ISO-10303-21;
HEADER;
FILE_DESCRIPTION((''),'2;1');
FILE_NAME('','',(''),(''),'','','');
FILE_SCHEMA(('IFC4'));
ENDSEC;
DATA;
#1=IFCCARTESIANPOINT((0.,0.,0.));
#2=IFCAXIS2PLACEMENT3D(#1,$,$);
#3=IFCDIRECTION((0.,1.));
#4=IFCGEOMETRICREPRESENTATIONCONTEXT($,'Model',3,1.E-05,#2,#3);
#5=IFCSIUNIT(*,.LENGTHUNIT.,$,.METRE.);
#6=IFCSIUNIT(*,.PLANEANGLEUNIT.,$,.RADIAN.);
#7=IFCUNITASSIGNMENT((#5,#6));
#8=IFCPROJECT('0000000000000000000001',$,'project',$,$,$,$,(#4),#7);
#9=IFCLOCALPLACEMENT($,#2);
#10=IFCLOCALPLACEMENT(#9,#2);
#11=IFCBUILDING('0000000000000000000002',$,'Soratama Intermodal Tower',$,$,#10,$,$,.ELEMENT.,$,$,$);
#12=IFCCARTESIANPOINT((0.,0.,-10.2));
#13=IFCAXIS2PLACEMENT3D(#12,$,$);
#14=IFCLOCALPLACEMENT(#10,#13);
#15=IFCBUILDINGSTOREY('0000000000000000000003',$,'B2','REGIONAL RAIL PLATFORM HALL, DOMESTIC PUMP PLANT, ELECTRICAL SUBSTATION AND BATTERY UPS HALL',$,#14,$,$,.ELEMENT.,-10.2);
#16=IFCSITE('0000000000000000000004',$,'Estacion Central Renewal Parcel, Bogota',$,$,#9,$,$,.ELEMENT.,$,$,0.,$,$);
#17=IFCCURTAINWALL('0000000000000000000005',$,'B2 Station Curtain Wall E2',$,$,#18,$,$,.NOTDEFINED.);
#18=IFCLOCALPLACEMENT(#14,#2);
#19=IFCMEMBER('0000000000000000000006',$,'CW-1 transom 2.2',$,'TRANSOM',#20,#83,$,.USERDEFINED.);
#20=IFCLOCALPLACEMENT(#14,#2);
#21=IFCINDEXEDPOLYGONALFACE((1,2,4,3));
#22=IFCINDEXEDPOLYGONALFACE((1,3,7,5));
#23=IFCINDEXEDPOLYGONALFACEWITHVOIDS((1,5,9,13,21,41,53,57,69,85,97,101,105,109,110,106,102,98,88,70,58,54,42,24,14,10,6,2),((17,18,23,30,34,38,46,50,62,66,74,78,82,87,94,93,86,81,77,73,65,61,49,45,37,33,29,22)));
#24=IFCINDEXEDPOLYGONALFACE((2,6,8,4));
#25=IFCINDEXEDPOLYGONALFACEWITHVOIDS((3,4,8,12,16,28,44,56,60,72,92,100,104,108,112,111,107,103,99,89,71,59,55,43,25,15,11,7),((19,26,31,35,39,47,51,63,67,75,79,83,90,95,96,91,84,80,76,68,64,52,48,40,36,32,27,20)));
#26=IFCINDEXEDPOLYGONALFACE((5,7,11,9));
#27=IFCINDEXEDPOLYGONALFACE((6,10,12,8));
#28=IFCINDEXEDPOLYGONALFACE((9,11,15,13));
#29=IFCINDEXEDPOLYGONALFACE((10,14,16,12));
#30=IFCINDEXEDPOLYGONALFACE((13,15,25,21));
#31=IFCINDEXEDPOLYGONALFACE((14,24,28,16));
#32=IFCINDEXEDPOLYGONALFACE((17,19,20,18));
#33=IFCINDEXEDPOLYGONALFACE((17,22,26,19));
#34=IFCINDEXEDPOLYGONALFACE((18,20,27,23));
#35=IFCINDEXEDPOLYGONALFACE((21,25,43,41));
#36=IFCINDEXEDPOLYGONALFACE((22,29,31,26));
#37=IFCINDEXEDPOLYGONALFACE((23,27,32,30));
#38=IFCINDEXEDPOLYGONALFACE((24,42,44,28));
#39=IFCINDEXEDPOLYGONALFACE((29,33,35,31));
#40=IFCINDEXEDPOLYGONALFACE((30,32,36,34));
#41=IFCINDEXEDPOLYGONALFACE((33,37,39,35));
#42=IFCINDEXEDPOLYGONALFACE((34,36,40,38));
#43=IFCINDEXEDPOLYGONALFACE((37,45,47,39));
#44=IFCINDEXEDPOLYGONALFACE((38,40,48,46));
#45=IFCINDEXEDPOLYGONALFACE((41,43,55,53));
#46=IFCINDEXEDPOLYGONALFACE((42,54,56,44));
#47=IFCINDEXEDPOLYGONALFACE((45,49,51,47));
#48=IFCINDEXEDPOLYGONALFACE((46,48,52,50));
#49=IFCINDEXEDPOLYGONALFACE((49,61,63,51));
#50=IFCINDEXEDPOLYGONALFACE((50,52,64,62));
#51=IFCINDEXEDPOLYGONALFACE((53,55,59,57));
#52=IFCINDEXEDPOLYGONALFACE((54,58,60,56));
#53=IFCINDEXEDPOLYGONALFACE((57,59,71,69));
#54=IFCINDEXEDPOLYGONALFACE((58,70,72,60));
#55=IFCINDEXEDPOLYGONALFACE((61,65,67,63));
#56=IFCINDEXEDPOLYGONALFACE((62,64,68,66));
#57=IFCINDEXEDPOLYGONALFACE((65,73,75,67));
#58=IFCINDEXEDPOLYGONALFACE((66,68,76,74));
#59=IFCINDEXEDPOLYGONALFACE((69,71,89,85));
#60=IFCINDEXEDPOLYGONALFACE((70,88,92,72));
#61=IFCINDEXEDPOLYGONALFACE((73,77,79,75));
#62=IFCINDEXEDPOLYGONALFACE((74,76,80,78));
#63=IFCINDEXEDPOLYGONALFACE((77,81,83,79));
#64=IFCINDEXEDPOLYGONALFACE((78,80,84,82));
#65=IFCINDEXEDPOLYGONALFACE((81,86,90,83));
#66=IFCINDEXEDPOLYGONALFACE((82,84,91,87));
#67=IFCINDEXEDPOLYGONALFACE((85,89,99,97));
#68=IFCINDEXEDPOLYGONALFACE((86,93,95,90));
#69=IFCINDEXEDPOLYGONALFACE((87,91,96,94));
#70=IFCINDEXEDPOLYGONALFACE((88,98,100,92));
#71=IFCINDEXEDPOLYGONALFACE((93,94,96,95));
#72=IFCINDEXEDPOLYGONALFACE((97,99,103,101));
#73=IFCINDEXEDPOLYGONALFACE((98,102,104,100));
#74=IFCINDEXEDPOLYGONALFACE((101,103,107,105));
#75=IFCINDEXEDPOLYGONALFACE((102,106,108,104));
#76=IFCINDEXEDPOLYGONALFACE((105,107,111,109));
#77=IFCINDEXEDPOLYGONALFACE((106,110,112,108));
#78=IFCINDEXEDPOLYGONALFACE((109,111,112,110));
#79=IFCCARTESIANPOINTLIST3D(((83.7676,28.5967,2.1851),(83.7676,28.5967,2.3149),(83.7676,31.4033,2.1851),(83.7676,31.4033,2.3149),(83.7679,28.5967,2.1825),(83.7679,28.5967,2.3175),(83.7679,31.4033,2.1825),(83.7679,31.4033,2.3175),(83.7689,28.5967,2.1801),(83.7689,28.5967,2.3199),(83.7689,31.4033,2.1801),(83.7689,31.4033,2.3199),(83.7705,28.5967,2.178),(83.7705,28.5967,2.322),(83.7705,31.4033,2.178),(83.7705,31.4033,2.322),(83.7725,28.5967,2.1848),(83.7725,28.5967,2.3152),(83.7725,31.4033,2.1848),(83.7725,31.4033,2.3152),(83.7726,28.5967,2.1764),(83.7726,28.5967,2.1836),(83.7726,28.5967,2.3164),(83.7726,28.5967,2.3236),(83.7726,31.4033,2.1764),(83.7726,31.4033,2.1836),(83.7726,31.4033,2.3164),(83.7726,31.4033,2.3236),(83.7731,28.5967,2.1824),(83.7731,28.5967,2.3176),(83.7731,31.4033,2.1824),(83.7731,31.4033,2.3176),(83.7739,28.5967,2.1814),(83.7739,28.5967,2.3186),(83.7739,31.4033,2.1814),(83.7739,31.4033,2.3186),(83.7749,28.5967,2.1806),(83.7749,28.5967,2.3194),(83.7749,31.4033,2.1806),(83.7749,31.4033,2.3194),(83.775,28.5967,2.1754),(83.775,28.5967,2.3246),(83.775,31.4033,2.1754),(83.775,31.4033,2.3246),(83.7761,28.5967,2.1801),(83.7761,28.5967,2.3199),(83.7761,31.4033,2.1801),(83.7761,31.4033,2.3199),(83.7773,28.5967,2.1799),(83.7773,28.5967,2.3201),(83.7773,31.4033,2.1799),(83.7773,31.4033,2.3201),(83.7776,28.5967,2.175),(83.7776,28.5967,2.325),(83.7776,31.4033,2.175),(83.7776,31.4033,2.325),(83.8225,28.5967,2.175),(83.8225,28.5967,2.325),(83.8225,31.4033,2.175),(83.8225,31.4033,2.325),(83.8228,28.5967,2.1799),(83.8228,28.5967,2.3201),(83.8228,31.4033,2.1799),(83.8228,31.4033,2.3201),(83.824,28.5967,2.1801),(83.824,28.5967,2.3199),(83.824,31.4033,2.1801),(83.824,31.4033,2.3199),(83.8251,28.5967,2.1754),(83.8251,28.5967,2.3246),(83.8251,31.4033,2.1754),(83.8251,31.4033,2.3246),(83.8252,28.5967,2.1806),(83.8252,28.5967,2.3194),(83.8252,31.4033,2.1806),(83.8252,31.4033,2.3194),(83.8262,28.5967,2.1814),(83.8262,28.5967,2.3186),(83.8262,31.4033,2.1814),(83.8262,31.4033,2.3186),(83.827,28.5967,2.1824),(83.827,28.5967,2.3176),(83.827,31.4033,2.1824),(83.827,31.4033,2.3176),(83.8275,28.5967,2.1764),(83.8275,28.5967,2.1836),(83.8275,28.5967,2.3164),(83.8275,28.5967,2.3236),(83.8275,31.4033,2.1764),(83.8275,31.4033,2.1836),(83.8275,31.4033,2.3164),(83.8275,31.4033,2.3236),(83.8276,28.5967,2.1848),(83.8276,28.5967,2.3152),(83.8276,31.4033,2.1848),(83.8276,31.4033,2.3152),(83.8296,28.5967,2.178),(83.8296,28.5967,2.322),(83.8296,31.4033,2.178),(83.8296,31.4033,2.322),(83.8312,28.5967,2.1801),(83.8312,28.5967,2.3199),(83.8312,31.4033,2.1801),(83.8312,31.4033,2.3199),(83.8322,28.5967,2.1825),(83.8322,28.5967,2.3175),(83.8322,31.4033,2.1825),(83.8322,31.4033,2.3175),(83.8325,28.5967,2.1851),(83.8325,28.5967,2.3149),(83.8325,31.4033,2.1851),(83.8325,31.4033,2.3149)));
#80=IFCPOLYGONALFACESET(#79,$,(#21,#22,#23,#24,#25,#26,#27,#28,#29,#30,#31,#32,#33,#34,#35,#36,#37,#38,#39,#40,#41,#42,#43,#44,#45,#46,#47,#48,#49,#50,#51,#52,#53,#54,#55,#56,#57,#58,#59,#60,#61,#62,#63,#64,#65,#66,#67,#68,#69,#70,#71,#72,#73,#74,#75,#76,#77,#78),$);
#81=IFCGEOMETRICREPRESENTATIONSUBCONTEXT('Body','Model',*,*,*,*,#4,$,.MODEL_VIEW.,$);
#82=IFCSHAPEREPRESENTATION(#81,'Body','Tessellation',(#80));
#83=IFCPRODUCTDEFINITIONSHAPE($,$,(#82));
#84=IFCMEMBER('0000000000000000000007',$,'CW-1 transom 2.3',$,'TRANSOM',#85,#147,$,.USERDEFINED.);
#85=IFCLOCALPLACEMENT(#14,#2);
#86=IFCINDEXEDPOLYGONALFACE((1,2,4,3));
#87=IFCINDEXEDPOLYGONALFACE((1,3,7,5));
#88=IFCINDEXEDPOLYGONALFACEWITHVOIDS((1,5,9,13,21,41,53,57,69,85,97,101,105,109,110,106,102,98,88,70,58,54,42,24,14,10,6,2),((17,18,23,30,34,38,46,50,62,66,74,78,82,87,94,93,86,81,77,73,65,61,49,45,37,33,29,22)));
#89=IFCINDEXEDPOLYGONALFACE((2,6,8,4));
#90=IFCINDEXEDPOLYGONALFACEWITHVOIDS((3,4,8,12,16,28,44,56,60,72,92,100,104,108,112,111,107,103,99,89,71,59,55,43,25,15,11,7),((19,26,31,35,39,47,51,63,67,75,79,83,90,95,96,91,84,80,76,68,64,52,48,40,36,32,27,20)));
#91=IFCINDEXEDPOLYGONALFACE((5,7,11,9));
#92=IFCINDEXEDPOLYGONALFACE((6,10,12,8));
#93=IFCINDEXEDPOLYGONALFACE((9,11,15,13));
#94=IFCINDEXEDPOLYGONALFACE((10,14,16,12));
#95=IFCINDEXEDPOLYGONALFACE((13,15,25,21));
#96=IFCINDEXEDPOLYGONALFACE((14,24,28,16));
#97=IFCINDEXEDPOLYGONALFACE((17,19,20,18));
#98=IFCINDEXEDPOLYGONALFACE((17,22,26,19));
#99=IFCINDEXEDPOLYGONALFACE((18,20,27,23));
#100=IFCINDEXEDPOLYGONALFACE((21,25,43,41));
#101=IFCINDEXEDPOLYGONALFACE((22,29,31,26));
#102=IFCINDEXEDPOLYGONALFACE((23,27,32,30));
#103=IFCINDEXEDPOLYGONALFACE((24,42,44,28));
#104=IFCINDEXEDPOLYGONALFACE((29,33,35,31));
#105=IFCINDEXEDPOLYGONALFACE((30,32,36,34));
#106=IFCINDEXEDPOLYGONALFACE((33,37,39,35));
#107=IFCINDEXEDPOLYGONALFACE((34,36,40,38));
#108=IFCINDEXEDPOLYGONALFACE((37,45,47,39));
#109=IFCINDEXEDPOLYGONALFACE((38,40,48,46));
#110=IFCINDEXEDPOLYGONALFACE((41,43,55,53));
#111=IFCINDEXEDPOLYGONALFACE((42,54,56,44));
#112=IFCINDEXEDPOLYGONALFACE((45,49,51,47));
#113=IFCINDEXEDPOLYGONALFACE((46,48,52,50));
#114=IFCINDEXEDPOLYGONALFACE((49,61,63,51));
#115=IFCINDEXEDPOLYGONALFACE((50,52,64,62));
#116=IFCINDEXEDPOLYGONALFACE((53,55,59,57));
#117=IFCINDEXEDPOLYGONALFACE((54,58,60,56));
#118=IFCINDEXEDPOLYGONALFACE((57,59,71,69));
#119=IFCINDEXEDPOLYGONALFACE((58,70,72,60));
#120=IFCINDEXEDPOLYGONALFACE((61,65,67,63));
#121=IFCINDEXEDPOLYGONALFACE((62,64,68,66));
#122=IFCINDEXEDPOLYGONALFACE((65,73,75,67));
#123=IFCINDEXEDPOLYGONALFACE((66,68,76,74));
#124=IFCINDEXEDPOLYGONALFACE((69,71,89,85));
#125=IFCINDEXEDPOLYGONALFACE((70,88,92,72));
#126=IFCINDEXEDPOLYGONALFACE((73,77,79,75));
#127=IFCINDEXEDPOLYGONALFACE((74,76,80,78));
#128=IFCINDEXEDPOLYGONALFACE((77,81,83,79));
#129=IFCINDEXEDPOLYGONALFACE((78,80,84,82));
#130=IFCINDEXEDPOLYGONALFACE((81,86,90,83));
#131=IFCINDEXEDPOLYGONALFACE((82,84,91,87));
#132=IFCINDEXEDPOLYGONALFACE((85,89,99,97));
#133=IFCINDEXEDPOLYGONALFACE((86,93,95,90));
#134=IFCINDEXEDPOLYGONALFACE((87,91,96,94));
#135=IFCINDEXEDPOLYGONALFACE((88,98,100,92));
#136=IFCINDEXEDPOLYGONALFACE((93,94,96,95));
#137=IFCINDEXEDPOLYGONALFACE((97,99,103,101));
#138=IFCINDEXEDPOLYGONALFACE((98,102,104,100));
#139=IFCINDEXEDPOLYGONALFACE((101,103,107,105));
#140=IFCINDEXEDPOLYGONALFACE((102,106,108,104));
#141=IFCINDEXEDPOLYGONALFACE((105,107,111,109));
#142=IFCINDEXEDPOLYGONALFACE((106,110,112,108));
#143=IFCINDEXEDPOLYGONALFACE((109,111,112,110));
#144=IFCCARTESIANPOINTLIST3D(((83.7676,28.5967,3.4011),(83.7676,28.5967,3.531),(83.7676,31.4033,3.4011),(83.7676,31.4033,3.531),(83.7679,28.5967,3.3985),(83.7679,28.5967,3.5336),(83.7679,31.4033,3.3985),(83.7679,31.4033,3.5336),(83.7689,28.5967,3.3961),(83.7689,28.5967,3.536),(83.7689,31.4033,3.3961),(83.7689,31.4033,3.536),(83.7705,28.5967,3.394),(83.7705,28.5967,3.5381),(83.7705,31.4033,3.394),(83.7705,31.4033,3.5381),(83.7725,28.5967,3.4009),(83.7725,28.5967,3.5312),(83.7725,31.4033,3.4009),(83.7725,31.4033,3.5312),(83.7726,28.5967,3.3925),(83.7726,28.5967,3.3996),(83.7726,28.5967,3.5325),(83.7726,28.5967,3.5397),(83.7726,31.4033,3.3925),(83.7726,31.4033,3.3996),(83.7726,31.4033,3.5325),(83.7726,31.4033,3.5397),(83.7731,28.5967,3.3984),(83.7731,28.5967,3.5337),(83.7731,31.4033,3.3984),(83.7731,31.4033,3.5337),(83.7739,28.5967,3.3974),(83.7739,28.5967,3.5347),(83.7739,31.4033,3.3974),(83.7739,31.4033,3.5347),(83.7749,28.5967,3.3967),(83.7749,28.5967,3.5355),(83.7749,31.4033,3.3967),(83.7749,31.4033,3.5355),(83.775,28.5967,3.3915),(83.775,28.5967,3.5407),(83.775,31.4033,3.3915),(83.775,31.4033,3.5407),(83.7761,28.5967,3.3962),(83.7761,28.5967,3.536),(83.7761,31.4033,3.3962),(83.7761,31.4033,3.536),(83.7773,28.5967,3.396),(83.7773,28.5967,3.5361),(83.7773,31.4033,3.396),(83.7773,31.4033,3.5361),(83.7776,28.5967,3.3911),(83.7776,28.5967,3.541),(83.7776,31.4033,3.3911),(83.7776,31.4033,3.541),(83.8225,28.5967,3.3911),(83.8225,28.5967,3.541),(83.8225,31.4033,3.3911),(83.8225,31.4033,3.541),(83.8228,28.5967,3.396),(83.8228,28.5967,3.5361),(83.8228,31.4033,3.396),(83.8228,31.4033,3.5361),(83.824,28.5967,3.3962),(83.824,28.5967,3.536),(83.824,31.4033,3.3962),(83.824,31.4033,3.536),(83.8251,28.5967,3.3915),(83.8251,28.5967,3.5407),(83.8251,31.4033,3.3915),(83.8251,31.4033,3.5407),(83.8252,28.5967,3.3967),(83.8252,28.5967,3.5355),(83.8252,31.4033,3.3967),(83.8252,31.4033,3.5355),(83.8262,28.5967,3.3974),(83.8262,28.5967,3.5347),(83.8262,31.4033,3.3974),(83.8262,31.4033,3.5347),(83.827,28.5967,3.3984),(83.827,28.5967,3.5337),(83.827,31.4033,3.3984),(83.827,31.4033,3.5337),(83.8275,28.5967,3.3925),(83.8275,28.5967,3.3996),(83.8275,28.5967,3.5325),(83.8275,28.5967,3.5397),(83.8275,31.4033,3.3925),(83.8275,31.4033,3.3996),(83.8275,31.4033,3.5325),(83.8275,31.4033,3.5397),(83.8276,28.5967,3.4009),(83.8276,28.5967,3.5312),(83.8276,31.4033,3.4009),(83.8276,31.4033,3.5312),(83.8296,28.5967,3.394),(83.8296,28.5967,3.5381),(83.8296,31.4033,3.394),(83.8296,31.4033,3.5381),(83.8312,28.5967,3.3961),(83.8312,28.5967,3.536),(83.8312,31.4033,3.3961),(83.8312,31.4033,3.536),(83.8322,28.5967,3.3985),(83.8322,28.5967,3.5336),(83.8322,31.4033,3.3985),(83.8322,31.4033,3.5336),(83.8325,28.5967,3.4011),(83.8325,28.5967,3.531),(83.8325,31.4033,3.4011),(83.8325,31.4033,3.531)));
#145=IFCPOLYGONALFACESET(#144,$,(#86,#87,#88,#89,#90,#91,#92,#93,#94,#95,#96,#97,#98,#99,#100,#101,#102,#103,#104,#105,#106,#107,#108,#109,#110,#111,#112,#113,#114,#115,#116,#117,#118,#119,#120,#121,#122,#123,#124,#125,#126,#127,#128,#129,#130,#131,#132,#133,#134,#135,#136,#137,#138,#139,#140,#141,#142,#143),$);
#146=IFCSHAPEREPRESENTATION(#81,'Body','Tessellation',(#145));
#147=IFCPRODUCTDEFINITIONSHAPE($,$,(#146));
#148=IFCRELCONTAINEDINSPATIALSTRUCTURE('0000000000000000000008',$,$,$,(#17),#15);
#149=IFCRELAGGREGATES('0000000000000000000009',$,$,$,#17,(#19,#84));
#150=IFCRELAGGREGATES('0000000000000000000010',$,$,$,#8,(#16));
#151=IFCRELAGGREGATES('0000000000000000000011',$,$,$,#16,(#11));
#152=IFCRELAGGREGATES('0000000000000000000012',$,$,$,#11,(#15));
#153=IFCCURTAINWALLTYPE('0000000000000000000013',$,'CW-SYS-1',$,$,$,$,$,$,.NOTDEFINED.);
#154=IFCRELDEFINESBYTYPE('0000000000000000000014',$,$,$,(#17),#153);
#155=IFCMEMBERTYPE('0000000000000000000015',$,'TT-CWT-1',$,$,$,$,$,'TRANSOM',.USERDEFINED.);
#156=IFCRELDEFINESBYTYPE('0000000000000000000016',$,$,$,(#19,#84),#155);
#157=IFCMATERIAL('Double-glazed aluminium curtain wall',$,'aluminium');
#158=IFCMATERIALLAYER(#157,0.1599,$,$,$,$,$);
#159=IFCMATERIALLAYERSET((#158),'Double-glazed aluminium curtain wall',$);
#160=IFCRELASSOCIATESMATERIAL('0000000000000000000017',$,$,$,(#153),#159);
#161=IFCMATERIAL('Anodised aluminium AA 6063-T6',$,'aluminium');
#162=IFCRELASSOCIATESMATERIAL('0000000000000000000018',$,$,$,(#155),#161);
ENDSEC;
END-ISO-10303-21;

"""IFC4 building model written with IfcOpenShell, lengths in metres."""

from ifc_helpers import new_model, si_unit, direction, frame, origin, origin_2d, place, context, subcontext, project, spatial, hollow_rectangle, extrude, material, layer, layer_set, material_profile, profile_set, type_object, element, aggregate, save


model = new_model("IFC4")

# Units and contexts
model_context = context("Model", 3, precision=1e-05, world=origin(), true_north=direction((0.0, 1.0)))
body_context = subcontext(model_context, "Body", "Model", "MODEL_VIEW")
ifc_project = project(units=[si_unit("LENGTHUNIT", "METRE"), si_unit("PLANEANGLEUNIT", "RADIAN")], contexts=[model_context])

# Site, building, storey
site_placement = place(None, origin())
site = spatial("IfcSite", under=ifc_project, at=site_placement, Name="Estacion Central Renewal Parcel, Bogota", CompositionType="ELEMENT", RefElevation=0.0)
building_placement = place(site_placement, origin())
building = spatial("IfcBuilding", under=site, at=building_placement, Name="Soratama Intermodal Tower", CompositionType="ELEMENT")
storey_placement = place(building_placement, frame((0.0, 0.0, -10.2)))
storey = spatial("IfcBuildingStorey", under=building, at=storey_placement, Name="B2", Description="REGIONAL RAIL PLATFORM HALL, DOMESTIC PUMP PLANT, ELECTRICAL SUBSTATION AND BATTERY UPS HALL", CompositionType="ELEMENT", Elevation=-10.2)

# Curtain wall, members
ifc_material_1 = material(Name="Double-glazed aluminium curtain wall", Category="aluminium")
ifc_layer_1 = layer(ifc_material_1, 0.1599)
ifc_layer_set_1 = layer_set([ifc_layer_1], Name="Double-glazed aluminium curtain wall")
curtain_wall_type = type_object("IfcCurtainWallType", Name="CW-SYS-1", PredefinedType="NOTDEFINED", material=ifc_layer_set_1)
curtain_wall_placement = place(storey_placement, origin())
curtain_wall = element("IfcCurtainWall", 1, at=curtain_wall_placement, inside=storey, type_object=curtain_wall_type, Name="B2 Station Curtain Wall E2", PredefinedType="NOTDEFINED")
ifc_material_2 = material(Name="Anodised aluminium AA 6063-T6", Category="aluminium")
ifc_material_profile_1 = material_profile(ifc_material_2, hollow_rectangle(XDim=0.0649, YDim=0.1499, WallThickness=0.0049, InnerFilletRadius=0.0049, OuterFilletRadius=0.01, at=origin_2d()), Name="CWT150X65X5")
ifc_profile_set_1 = profile_set([ifc_material_profile_1], Name="Anodised aluminium AA 6063-T6")
member_type_1 = type_object("IfcMemberType", Name="TT-CWT-1", ElementType="TRANSOM", PredefinedType="USERDEFINED", material=ifc_profile_set_1)
member_1_placement = place(storey_placement, frame((83.8, 28.5967, 2.25), z_axis=(0.0, 1.0, 0.0), x_axis=(-1.0, 0.0, 0.0)))
member_1 = element("IfcMember", 2, at=member_1_placement, type_object=member_type_1, Name="CW-1 transom 2.2", ObjectType="TRANSOM", PredefinedType="USERDEFINED", context=body_context, shape_type="SweptSolid", body=[
    extrude(hollow_rectangle(XDim=0.0649, YDim=0.1499, WallThickness=0.0049, InnerFilletRadius=0.0049, OuterFilletRadius=0.01, at=origin_2d()), origin(), (0.0, 0.0, 1.0), 2.8066),
])
member_2_placement = place(storey_placement, frame((83.8, 28.5967, 3.4661), z_axis=(0.0, 1.0, 0.0), x_axis=(-1.0, 0.0, 0.0)))
member_2 = element("IfcMember", 3, at=member_2_placement, type_object=member_type_1, Name="CW-1 transom 2.3", ObjectType="TRANSOM", PredefinedType="USERDEFINED", context=body_context, shape_type="SweptSolid", body=[
    extrude(hollow_rectangle(XDim=0.0649, YDim=0.1499, WallThickness=0.0049, InnerFilletRadius=0.0049, OuterFilletRadius=0.01, at=origin_2d()), origin(), (0.0, 0.0, 1.0), 2.8066),
])
aggregate(curtain_wall, [member_1, member_2])

save(model, "model.ifc")
